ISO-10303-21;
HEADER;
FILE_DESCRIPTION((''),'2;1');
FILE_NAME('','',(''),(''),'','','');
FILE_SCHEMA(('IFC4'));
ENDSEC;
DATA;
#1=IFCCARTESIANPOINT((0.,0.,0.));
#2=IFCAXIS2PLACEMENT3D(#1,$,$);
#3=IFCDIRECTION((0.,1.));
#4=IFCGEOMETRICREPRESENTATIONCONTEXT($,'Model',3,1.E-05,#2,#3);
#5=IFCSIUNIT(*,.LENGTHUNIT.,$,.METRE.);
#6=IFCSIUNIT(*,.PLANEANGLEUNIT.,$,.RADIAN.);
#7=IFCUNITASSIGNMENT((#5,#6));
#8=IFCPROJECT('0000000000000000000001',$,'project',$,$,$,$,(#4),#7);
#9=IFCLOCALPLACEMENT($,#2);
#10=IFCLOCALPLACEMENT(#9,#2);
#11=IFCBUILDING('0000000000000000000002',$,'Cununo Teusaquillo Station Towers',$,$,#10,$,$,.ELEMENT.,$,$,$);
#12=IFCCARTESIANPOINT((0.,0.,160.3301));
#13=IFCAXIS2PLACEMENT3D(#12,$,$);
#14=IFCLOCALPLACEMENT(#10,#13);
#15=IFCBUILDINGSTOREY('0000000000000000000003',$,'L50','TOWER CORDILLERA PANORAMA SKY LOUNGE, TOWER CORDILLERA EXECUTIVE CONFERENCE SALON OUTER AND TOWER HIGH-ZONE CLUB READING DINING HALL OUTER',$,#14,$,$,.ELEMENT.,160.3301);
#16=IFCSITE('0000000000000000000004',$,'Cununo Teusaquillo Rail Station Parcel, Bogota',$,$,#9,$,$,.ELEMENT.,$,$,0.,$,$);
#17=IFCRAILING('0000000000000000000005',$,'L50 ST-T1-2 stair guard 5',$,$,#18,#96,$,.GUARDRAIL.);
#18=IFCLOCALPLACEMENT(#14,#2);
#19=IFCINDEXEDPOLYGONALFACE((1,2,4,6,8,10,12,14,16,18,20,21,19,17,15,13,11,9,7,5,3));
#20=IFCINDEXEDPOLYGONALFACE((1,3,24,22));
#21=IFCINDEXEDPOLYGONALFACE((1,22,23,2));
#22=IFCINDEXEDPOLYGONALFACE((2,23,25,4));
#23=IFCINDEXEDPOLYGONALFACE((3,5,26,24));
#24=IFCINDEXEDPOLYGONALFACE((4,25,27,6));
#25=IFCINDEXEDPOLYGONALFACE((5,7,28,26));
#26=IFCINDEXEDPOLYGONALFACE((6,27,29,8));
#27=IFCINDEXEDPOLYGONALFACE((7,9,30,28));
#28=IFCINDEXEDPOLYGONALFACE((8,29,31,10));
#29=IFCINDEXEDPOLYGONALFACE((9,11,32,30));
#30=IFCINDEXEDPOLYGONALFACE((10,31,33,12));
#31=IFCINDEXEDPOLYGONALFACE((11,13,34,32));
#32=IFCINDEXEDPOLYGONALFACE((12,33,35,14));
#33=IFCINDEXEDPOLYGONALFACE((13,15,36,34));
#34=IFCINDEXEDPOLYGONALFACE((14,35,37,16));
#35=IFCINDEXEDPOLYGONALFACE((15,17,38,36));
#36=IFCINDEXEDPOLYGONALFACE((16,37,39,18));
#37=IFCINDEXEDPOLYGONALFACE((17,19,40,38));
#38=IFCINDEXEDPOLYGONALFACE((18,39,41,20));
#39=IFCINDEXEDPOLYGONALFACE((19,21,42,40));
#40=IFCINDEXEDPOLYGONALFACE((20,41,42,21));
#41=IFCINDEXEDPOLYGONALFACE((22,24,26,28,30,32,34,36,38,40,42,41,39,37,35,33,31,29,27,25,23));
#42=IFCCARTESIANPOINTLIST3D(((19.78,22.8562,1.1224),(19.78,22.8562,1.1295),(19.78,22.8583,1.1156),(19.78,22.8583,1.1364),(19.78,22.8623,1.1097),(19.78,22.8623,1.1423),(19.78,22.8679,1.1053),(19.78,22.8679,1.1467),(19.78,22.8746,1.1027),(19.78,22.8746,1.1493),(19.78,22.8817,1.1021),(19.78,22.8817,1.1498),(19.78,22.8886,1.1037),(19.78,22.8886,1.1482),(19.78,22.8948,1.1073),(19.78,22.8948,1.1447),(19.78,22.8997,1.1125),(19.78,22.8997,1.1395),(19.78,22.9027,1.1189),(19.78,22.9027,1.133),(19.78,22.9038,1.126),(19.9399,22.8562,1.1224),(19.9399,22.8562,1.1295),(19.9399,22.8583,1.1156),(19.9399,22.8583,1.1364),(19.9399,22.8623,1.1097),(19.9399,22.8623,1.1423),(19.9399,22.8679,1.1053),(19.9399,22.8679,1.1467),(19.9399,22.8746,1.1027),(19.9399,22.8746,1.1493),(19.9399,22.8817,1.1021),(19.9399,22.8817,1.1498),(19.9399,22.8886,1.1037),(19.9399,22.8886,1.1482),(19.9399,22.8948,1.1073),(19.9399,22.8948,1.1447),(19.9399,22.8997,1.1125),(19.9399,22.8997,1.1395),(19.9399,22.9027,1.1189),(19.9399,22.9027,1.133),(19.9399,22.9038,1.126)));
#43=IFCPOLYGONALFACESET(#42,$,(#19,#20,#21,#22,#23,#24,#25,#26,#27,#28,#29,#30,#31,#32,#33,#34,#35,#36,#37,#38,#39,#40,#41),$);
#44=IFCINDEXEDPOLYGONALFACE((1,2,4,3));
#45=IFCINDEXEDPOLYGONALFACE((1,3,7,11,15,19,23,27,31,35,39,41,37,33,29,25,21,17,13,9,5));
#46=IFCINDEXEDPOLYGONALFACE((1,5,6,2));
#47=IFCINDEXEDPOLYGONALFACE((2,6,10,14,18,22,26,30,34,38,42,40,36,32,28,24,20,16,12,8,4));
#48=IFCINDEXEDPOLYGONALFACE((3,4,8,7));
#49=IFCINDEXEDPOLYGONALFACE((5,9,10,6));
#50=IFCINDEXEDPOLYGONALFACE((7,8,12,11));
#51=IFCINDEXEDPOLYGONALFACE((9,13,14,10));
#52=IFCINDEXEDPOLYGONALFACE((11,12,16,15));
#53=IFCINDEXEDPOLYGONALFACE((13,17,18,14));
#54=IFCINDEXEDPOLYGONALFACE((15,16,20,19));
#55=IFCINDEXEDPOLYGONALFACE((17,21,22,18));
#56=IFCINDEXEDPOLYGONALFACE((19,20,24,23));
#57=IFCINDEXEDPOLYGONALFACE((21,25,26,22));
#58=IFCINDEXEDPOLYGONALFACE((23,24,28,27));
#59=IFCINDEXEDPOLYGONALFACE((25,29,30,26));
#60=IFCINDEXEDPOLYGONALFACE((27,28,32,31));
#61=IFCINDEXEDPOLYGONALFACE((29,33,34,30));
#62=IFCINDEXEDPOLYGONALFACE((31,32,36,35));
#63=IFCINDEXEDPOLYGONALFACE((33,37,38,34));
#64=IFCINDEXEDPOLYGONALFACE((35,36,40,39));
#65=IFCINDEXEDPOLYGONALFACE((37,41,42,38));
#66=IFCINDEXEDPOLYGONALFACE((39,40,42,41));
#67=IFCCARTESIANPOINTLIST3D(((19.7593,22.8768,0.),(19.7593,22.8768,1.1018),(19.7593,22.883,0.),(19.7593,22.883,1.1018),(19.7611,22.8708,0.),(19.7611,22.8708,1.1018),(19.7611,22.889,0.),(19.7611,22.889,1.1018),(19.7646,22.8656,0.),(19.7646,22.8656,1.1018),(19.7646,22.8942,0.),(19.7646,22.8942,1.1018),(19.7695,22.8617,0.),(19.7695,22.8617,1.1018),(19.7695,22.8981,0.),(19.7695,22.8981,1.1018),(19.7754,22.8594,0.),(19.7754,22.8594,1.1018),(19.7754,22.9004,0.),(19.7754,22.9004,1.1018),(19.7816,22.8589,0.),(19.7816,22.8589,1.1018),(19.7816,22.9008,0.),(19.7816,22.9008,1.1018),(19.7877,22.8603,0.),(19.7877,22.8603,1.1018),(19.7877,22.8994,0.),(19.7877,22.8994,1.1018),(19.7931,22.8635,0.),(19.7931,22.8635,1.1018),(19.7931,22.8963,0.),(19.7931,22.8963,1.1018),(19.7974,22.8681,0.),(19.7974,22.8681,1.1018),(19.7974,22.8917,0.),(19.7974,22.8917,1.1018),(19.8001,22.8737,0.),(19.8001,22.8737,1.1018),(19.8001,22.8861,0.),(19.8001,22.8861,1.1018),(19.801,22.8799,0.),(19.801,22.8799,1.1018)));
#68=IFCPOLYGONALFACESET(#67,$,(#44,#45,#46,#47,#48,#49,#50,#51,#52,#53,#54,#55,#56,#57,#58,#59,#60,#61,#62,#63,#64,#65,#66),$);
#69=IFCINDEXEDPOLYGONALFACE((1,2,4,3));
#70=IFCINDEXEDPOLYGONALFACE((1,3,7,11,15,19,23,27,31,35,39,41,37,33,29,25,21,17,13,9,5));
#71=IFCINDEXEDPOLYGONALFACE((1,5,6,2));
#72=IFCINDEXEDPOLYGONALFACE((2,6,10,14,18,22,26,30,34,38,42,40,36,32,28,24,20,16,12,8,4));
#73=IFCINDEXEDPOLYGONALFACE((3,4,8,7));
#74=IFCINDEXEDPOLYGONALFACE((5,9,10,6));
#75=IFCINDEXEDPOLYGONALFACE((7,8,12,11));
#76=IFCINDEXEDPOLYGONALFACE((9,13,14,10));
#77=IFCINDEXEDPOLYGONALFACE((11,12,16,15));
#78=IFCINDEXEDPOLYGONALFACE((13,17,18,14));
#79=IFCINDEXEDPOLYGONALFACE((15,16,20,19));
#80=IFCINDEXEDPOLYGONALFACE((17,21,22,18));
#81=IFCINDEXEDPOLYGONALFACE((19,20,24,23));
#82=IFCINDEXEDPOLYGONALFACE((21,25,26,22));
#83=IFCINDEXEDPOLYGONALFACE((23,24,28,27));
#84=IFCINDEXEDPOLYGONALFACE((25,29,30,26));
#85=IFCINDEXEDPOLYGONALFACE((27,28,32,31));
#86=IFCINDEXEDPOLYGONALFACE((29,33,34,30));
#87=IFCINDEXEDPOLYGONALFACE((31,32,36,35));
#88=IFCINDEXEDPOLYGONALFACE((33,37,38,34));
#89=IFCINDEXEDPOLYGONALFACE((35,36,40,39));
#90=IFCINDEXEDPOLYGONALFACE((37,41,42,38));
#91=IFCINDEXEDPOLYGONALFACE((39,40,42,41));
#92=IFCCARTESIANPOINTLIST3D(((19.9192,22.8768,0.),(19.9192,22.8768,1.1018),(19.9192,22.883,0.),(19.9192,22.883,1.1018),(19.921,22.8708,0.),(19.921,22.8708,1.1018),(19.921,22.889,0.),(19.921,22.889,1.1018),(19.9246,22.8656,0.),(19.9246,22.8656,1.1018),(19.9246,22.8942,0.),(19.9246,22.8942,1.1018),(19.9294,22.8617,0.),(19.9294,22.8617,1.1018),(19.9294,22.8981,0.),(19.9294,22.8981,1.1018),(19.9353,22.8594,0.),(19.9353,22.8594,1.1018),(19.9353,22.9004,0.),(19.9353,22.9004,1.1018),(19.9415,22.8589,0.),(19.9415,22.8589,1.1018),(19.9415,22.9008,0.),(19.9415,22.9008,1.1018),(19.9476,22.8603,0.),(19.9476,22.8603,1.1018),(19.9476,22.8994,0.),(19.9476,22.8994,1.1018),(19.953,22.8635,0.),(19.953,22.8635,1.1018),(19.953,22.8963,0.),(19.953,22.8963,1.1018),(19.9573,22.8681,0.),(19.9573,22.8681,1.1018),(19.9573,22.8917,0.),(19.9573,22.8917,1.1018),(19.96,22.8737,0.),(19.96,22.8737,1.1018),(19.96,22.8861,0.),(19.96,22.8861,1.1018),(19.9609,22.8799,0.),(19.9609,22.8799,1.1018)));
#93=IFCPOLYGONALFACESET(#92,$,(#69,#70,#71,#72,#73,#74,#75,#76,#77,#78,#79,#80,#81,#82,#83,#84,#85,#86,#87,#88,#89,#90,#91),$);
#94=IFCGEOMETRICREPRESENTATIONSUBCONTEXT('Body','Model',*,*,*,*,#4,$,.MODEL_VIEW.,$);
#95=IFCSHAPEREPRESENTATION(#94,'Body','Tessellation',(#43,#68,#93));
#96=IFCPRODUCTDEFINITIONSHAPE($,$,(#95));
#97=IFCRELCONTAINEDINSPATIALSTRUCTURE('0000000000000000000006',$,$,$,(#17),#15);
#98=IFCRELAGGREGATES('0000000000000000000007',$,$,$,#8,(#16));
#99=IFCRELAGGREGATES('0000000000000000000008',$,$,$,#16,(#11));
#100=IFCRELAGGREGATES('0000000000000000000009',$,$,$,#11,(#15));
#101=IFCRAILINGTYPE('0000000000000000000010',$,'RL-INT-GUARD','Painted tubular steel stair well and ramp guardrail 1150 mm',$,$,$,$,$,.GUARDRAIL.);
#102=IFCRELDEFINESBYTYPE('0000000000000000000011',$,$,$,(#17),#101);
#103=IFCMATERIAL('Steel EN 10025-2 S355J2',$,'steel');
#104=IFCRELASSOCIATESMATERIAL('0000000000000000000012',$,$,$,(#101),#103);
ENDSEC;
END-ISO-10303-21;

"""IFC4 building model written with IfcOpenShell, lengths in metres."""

from ifc_helpers import new_model, si_unit, direction, frame, origin, origin_2d, place, context, subcontext, project, spatial, circle, extrude, material, type_object, element, save


model = new_model("IFC4")

# Units and contexts
model_context = context("Model", 3, precision=1e-05, world=origin(), true_north=direction((0.0, 1.0)))
body_context = subcontext(model_context, "Body", "Model", "MODEL_VIEW")
ifc_project = project(units=[si_unit("LENGTHUNIT", "METRE"), si_unit("PLANEANGLEUNIT", "RADIAN")], contexts=[model_context])

# Site, building, storey
site_placement = place(None, origin())
site = spatial("IfcSite", under=ifc_project, at=site_placement, Name="Cununo Teusaquillo Rail Station Parcel, Bogota", CompositionType="ELEMENT", RefElevation=0.0)
building_placement = place(site_placement, origin())
building = spatial("IfcBuilding", under=site, at=building_placement, Name="Cununo Teusaquillo Station Towers", CompositionType="ELEMENT")
storey_placement = place(building_placement, frame((0.0, 0.0, 160.3301)))
storey = spatial("IfcBuildingStorey", under=building, at=storey_placement, Name="L50", Description="TOWER CORDILLERA PANORAMA SKY LOUNGE, TOWER CORDILLERA EXECUTIVE CONFERENCE SALON OUTER AND TOWER HIGH-ZONE CLUB READING DINING HALL OUTER", CompositionType="ELEMENT", Elevation=160.3301)

# Railing
ifc_material_1 = material(Name="Steel EN 10025-2 S355J2", Category="steel")
railing_type_1 = type_object("IfcRailingType", Name="RL-INT-GUARD", Description="Painted tubular steel stair well and ramp guardrail 1150 mm", PredefinedType="GUARDRAIL", material=ifc_material_1)
railing_1_placement = place(storey_placement, frame((19.78, 22.8799, 0.0)))
element("IfcRailing", 1, at=railing_1_placement, inside=storey, type_object=railing_type_1, Name="L50 ST-T1-2 stair guard 5", PredefinedType="GUARDRAIL", context=body_context, shape_type="SweptSolid", body=[
    extrude(circle(Radius=0.0239, at=origin_2d()), frame((0.0, 0.0, 1.126), z_axis=(1.0, 0.0, 0.0), x_axis=(0.0, 1.0, 0.0)), (0.0, 0.0, 1.0), 0.1599),
    extrude(circle(Radius=0.021, at=origin_2d()), origin(), (0.0, 0.0, 1.0), 1.1018),
    extrude(circle(Radius=0.021, at=origin_2d()), frame((0.1599, 0.0, 0.0)), (0.0, 0.0, 1.0), 1.1018),
])

save(model, "model.ifc")
